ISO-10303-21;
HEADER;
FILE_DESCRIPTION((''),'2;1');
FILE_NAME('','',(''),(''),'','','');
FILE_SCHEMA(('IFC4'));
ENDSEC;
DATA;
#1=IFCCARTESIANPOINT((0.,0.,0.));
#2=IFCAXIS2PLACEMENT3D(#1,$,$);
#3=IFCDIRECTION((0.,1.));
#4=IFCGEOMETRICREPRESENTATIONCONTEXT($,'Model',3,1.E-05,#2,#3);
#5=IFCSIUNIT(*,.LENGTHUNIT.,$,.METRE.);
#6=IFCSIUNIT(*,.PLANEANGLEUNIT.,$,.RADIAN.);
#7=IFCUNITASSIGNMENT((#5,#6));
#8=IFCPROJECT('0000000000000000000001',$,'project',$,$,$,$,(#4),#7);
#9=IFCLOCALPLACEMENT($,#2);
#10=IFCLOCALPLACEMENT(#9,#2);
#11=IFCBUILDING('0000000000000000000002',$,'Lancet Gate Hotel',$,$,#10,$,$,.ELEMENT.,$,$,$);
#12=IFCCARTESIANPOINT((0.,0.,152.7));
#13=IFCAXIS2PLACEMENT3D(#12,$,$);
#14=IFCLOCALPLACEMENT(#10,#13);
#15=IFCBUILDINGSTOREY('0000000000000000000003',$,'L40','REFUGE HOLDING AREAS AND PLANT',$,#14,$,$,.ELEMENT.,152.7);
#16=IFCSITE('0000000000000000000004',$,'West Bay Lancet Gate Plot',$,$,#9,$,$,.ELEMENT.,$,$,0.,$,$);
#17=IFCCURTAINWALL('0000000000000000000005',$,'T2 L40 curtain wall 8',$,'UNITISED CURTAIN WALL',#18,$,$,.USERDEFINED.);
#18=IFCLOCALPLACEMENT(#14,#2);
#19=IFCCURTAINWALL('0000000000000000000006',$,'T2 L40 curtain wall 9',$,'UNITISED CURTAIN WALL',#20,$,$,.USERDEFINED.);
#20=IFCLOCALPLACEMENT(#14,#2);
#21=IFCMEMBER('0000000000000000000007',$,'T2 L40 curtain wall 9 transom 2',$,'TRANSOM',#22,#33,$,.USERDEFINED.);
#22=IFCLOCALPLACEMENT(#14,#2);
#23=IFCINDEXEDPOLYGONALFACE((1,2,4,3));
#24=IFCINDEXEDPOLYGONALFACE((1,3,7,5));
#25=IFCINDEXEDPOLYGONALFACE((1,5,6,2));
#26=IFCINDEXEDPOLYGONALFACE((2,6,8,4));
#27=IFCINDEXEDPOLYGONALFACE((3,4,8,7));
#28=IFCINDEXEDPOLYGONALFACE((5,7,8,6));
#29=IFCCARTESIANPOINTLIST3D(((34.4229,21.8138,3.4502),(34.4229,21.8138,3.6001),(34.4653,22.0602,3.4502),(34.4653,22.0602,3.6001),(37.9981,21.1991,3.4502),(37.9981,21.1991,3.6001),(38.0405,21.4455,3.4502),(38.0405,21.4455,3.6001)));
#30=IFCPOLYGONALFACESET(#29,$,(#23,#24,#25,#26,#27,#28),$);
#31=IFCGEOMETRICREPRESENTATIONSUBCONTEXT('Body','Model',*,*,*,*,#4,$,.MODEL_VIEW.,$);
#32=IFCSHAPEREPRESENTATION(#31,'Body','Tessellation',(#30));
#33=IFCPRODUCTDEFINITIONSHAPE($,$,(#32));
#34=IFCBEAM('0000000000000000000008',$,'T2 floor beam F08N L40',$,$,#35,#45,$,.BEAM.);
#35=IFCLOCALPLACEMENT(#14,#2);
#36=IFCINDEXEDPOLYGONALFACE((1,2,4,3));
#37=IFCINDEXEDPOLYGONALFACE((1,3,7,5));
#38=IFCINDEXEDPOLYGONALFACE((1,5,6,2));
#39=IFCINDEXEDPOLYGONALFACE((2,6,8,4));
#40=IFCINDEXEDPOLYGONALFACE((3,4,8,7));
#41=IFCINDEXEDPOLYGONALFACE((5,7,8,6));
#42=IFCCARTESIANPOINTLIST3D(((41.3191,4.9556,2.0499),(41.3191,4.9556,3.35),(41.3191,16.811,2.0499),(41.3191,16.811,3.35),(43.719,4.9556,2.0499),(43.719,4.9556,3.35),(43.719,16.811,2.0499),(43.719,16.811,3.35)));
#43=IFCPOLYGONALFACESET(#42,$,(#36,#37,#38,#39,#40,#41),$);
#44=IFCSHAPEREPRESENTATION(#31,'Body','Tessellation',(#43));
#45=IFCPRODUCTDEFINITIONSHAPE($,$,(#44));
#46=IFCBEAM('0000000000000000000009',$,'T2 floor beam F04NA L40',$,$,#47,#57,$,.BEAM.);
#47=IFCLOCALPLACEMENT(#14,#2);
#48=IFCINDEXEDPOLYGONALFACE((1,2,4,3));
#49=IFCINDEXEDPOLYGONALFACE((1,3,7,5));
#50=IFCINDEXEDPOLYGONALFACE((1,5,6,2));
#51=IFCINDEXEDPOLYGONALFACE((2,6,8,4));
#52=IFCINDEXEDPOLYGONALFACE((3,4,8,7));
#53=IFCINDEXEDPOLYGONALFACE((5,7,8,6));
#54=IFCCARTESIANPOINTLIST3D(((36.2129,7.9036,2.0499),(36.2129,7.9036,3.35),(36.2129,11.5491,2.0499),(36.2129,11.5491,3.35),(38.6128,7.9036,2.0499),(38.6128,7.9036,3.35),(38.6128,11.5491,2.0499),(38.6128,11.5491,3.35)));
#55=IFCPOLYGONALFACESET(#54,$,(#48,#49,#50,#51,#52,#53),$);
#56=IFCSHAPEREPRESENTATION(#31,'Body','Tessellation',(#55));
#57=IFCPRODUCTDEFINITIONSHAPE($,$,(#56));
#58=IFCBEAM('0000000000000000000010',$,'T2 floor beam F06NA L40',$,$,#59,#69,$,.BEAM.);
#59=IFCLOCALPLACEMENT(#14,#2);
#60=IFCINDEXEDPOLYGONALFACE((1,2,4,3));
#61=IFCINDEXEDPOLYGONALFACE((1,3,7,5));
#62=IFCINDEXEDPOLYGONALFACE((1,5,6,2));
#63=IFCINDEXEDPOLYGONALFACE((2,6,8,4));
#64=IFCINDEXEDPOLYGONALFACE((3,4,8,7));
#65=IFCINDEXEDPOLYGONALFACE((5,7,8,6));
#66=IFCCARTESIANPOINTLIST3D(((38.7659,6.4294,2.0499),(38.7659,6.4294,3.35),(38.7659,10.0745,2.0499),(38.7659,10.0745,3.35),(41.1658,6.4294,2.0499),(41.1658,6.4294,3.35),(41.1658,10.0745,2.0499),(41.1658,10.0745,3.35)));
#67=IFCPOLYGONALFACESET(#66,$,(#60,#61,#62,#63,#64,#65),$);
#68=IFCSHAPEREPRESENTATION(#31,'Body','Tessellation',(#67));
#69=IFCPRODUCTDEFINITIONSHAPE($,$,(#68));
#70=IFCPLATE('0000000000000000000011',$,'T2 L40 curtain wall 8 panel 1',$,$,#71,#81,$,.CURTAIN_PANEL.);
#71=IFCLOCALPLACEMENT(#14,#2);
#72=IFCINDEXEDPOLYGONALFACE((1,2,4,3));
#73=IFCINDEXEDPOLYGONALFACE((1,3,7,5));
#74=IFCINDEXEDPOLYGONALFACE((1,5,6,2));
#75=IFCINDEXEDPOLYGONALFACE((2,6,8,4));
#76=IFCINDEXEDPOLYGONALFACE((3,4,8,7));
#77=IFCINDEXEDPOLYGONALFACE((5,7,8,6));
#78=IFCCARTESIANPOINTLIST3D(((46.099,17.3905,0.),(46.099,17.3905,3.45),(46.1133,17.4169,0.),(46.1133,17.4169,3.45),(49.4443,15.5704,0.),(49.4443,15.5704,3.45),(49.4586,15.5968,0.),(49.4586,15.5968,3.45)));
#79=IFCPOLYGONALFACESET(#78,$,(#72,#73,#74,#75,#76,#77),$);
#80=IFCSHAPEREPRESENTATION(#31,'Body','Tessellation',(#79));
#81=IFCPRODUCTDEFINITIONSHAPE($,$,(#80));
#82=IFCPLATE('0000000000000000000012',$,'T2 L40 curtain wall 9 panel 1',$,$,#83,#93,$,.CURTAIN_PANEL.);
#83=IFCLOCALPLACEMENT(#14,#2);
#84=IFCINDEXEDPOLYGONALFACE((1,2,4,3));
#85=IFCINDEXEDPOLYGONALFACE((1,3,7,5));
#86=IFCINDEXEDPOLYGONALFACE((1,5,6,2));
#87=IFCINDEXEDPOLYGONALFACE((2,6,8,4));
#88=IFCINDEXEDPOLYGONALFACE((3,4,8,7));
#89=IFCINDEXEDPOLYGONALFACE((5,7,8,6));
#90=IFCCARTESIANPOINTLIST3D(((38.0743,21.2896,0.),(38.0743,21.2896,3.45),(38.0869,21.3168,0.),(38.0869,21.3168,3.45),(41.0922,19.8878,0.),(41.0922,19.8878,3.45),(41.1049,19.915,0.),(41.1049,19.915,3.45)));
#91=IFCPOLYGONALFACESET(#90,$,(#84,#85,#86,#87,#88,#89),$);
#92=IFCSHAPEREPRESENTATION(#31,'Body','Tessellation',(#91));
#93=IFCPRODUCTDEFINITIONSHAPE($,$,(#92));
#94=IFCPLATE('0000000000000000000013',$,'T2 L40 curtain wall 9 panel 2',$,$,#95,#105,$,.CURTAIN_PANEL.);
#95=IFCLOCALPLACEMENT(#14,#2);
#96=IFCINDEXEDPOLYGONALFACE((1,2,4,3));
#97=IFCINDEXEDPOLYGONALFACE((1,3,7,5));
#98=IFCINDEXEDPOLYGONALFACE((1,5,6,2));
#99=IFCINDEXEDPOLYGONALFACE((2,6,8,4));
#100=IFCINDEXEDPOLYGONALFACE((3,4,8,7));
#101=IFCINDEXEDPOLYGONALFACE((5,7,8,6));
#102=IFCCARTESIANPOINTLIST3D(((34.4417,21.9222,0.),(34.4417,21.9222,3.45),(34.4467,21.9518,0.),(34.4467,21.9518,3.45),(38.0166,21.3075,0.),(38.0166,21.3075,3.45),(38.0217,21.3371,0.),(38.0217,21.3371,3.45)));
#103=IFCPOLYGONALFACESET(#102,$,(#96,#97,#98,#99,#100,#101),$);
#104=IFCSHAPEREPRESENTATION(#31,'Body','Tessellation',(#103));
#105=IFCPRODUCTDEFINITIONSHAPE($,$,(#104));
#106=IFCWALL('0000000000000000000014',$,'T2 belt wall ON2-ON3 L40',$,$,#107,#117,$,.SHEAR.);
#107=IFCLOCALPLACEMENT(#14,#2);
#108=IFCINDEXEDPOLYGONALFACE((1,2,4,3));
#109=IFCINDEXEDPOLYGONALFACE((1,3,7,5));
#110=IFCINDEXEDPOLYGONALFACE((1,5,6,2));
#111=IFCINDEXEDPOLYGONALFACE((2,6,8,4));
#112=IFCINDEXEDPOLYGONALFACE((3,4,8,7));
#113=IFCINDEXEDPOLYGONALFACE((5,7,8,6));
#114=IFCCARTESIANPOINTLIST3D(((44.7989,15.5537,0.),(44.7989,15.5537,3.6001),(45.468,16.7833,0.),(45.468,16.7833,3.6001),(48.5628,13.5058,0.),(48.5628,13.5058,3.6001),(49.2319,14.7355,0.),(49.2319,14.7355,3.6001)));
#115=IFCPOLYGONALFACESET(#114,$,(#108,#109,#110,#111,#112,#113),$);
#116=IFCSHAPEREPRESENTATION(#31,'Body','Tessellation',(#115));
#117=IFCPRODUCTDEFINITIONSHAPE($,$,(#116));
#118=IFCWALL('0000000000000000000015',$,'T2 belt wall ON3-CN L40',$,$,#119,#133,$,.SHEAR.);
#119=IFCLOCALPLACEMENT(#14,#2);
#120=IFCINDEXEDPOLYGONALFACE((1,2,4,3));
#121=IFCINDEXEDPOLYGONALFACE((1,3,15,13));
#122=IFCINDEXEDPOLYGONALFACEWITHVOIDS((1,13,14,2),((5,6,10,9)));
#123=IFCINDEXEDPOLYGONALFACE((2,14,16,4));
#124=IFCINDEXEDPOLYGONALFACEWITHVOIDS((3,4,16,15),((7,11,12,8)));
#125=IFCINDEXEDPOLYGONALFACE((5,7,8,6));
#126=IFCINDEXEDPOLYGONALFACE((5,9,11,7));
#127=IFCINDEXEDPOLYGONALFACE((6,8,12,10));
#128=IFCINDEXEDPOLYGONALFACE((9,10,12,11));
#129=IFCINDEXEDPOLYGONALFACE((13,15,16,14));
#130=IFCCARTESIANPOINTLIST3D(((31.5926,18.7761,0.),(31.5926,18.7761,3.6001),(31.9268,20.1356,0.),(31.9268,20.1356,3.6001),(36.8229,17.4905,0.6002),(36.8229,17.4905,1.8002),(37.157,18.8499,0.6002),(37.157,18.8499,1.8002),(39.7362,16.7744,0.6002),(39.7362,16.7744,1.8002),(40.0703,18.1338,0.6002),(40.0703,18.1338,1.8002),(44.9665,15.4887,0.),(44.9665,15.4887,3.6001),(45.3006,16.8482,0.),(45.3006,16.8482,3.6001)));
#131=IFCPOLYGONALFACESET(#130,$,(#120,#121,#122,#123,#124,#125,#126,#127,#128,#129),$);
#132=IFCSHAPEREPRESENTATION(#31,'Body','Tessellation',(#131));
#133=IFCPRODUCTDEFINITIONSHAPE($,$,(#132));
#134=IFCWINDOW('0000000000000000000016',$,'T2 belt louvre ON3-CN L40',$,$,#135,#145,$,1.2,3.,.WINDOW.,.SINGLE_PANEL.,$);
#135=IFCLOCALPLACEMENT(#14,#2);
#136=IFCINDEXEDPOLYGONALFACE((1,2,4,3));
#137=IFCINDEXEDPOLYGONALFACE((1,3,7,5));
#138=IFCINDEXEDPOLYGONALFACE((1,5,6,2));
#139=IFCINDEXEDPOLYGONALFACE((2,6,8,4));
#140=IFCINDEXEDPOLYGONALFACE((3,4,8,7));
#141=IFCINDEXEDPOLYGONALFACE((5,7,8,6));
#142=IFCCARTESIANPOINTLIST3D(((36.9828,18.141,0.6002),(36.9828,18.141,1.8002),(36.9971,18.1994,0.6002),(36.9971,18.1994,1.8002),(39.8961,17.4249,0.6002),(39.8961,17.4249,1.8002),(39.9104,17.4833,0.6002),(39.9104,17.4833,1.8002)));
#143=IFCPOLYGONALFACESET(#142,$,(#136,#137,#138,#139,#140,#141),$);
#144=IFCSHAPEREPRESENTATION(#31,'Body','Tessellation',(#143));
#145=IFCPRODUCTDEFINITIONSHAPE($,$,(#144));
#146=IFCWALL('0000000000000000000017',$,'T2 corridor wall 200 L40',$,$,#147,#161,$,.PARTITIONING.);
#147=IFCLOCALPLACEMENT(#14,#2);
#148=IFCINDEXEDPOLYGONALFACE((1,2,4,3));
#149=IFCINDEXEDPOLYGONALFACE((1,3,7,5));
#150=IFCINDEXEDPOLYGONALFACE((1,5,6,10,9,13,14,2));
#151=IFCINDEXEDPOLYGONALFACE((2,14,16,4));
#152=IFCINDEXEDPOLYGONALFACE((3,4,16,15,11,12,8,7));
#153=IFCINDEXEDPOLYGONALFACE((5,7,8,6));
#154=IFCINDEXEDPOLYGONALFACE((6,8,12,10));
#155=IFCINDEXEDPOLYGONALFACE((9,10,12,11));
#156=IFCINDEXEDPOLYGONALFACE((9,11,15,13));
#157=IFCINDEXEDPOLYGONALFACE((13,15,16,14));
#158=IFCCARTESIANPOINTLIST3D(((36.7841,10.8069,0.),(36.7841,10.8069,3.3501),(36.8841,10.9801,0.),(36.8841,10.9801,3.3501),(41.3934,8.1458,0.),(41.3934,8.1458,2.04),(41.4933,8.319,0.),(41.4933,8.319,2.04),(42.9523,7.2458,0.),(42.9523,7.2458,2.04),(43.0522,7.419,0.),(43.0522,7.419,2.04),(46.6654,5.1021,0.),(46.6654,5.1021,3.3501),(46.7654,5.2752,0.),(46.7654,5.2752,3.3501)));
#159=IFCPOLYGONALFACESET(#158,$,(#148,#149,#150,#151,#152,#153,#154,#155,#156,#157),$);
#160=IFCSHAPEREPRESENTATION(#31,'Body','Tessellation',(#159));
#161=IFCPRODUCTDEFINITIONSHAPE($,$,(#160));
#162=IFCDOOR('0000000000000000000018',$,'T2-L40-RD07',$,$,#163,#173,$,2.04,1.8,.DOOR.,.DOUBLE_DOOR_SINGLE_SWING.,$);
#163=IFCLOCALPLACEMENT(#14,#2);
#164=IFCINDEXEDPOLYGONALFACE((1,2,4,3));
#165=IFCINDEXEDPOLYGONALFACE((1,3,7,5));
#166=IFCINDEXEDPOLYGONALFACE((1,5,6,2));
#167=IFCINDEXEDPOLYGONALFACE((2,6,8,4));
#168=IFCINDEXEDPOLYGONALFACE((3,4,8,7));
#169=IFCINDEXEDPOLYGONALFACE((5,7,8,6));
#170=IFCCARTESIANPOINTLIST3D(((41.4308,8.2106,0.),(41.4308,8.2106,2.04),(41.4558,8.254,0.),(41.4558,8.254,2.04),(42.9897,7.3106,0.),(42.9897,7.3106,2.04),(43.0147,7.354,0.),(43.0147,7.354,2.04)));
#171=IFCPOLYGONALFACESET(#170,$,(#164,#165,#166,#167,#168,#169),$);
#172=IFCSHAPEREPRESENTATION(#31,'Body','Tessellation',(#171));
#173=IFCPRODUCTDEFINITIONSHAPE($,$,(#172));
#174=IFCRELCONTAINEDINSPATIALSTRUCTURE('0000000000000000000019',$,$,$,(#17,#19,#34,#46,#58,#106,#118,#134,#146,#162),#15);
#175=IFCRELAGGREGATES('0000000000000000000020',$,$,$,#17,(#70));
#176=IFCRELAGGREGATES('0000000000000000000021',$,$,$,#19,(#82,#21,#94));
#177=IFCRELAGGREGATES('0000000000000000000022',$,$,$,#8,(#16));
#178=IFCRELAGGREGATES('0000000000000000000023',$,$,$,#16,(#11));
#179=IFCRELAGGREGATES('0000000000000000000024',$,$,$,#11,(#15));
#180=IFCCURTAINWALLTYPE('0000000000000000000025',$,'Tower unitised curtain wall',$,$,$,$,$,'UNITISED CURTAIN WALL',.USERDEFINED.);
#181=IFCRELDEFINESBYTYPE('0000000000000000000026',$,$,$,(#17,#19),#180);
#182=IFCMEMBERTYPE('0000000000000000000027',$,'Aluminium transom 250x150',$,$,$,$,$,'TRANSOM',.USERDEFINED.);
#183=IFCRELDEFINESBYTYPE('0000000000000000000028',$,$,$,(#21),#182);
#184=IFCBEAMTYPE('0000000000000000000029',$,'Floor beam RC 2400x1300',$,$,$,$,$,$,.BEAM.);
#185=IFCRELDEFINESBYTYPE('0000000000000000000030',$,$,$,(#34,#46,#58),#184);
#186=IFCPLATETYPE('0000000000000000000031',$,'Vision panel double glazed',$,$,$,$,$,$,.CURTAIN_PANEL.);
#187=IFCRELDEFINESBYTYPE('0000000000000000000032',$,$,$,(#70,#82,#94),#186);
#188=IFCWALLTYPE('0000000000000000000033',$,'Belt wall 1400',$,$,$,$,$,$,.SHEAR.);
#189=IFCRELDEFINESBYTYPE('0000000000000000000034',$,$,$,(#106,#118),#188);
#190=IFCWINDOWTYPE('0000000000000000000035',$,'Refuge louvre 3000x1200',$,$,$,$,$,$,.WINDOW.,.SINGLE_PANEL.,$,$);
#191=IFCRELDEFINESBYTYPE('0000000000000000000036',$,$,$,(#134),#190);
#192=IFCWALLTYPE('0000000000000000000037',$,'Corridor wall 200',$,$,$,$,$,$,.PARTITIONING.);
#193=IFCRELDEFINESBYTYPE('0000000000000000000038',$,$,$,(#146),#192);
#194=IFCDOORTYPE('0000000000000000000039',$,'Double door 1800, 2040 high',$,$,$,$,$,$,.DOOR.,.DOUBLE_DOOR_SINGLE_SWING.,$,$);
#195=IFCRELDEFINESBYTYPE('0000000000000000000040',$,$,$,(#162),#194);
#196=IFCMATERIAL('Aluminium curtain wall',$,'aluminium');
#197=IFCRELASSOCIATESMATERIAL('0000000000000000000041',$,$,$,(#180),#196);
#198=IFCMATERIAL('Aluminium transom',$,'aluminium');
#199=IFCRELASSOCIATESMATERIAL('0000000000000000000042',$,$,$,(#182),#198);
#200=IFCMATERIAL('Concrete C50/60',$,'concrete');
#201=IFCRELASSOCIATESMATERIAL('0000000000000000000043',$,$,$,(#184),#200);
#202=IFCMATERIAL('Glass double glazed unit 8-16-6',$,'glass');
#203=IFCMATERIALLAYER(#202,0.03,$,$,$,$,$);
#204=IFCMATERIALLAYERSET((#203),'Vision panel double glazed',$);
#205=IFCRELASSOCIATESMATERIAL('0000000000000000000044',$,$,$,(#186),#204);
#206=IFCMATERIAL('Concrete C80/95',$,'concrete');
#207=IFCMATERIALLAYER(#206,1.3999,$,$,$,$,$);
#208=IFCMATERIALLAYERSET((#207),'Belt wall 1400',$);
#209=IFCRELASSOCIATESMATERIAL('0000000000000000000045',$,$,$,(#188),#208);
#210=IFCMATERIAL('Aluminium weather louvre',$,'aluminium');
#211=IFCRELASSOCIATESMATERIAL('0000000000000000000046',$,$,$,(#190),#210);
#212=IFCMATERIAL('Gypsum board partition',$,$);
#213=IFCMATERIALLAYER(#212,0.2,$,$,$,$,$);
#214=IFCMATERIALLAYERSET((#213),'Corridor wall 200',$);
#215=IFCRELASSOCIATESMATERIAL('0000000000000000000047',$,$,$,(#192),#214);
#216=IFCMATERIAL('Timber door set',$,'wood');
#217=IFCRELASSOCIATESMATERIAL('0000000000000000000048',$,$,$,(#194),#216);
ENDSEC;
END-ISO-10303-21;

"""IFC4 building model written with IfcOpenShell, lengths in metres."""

from ifc_helpers import new_model, si_unit, direction, frame, frame_2d, origin, origin_2d, place, context, subcontext, project, spatial, rectangle, extrude, material, layer, layer_set, material_profile, profile_set, type_object, element, fill, aggregate, save


model = new_model("IFC4")

# Units and contexts
model_context = context("Model", 3, precision=1e-05, world=origin(), true_north=direction((0.0, 1.0)))
body_context = subcontext(model_context, "Body", "Model", "MODEL_VIEW")
ifc_project = project(units=[si_unit("LENGTHUNIT", "METRE"), si_unit("PLANEANGLEUNIT", "RADIAN")], contexts=[model_context])

# Site, building, storey
site_placement = place(None, origin())
site = spatial("IfcSite", under=ifc_project, at=site_placement, Name="West Bay Lancet Gate Plot", CompositionType="ELEMENT", RefElevation=0.0)
building_placement = place(site_placement, origin())
building = spatial("IfcBuilding", under=site, at=building_placement, Name="Lancet Gate Hotel", CompositionType="ELEMENT")
storey_placement = place(building_placement, frame((0.0, 0.0, 152.7)))
storey = spatial("IfcBuildingStorey", under=building, at=storey_placement, Name="L40", Description="REFUGE HOLDING AREAS AND PLANT", CompositionType="ELEMENT", Elevation=152.7)

# Curtain wall
ifc_material_1 = material(Name="Aluminium curtain wall", Category="aluminium")
curtain_wall_type = type_object("IfcCurtainWallType", Name="Tower unitised curtain wall", ElementType="UNITISED CURTAIN WALL", PredefinedType="USERDEFINED", material=ifc_material_1)
curtain_wall_1_placement = place(storey_placement, origin())
curtain_wall_1 = element("IfcCurtainWall", 1, at=curtain_wall_1_placement, inside=storey, type_object=curtain_wall_type, Name="T2 L40 curtain wall 8", ObjectType="UNITISED CURTAIN WALL", PredefinedType="USERDEFINED")

# Curtain wall, member
curtain_wall_2_placement = place(storey_placement, origin())
curtain_wall_2 = element("IfcCurtainWall", 2, at=curtain_wall_2_placement, inside=storey, type_object=curtain_wall_type, Name="T2 L40 curtain wall 9", ObjectType="UNITISED CURTAIN WALL", PredefinedType="USERDEFINED")
ifc_material_2 = material(Name="Aluminium transom", Category="aluminium")
ifc_material_profile_1 = material_profile(ifc_material_2, rectangle(XDim=0.25, YDim=0.1499, at=origin_2d()), Name="TRANSOM 250x150")
ifc_profile_set_1 = profile_set([ifc_material_profile_1], Name="Aluminium transom")
member_type_1 = type_object("IfcMemberType", Name="Aluminium transom 250x150", ElementType="TRANSOM", PredefinedType="USERDEFINED", material=ifc_profile_set_1)
member_1_placement = place(storey_placement, frame((38.0193, 21.3223, 3.5251), z_axis=(-0.985537, 0.169461, 0.0), x_axis=(-0.169461, -0.985537, 0.0)))
member_1 = element("IfcMember", 3, at=member_1_placement, type_object=member_type_1, Name="T2 L40 curtain wall 9 transom 2", ObjectType="TRANSOM", PredefinedType="USERDEFINED", context=body_context, shape_type="SweptSolid", body=[
    extrude(rectangle(XDim=0.25, YDim=0.1499, at=origin_2d()), origin(), (0.0, 0.0, 1.0), 3.6277),
])

# Beams
ifc_material_3 = material(Name="Concrete C50/60", Category="concrete")
ifc_material_profile_2 = material_profile(ifc_material_3, rectangle(XDim=2.3999, YDim=1.3, at=origin_2d()), Name="RC 2400x1300")
ifc_profile_set_2 = profile_set([ifc_material_profile_2], Name="Concrete C50/60")
beam_type = type_object("IfcBeamType", Name="Floor beam RC 2400x1300", PredefinedType="BEAM", material=ifc_profile_set_2)
beam_1_placement = place(storey_placement, frame((42.519, 4.9556, 2.7), z_axis=(0.0, 1.0, 0.0), x_axis=(-1.0, 0.0, 0.0)))
element("IfcBeam", 4, at=beam_1_placement, inside=storey, type_object=beam_type, Name="T2 floor beam F08N L40", PredefinedType="BEAM", context=body_context, shape_type="SweptSolid", body=[
    extrude(rectangle(XDim=2.3999, YDim=1.3, at=origin_2d()), origin(), (0.0, 0.0, 1.0), 11.8555),
])
beam_2_placement = place(storey_placement, frame((37.4128, 7.9036, 2.7), z_axis=(0.0, 1.0, 0.0), x_axis=(-1.0, 0.0, 0.0)))
element("IfcBeam", 5, at=beam_2_placement, inside=storey, type_object=beam_type, Name="T2 floor beam F04NA L40", PredefinedType="BEAM", context=body_context, shape_type="SweptSolid", body=[
    extrude(rectangle(XDim=2.3999, YDim=1.3, at=origin_2d()), origin(), (0.0, 0.0, 1.0), 3.6455),
])
beam_3_placement = place(storey_placement, frame((39.9658, 6.4294, 2.7), z_axis=(0.0, 1.0, 0.0), x_axis=(-1.0, 0.0, 0.0)))
element("IfcBeam", 6, at=beam_3_placement, inside=storey, type_object=beam_type, Name="T2 floor beam F06NA L40", PredefinedType="BEAM", context=body_context, shape_type="SweptSolid", body=[
    extrude(rectangle(XDim=2.3999, YDim=1.3, at=origin_2d()), origin(), (0.0, 0.0, 1.0), 3.645),
])

# Plates
ifc_material_4 = material(Name="Glass double glazed unit 8-16-6", Category="glass")
ifc_layer_1 = layer(ifc_material_4, 0.03)
ifc_layer_set_1 = layer_set([ifc_layer_1], Name="Vision panel double glazed")
plate_type = type_object("IfcPlateType", Name="Vision panel double glazed", PredefinedType="CURTAIN_PANEL", material=ifc_layer_set_1)
plate_1_placement = place(storey_placement, frame((47.7788, 16.4937, 0.0), z_axis=(0.0, 0.0, 1.0), x_axis=(-0.87841, 0.477908, 0.0)))
plate_1 = element("IfcPlate", 7, at=plate_1_placement, type_object=plate_type, Name="T2 L40 curtain wall 8 panel 1", PredefinedType="CURTAIN_PANEL", context=body_context, shape_type="SweptSolid", body=[
    extrude(rectangle(XDim=3.8083, YDim=0.03, at=origin_2d()), origin(), (0.0, 0.0, 1.0), 3.45),
])
aggregate(curtain_wall_1, [plate_1])
plate_2_placement = place(storey_placement, frame((39.5896, 20.6023, 0.0), z_axis=(0.0, 0.0, 1.0), x_axis=(-0.906935, 0.421271, 0.0)))
plate_2 = element("IfcPlate", 8, at=plate_2_placement, type_object=plate_type, Name="T2 L40 curtain wall 9 panel 1", PredefinedType="CURTAIN_PANEL", context=body_context, shape_type="SweptSolid", body=[
    extrude(rectangle(XDim=3.3276, YDim=0.03, at=origin_2d()), origin(), (0.0, 0.0, 1.0), 3.45),
])
plate_3_placement = place(storey_placement, frame((36.2317, 21.6296, 0.0), z_axis=(0.0, 0.0, 1.0), x_axis=(-0.98554, 0.169445, 0.0)))
plate_3 = element("IfcPlate", 9, at=plate_3_placement, type_object=plate_type, Name="T2 L40 curtain wall 9 panel 2", PredefinedType="CURTAIN_PANEL", context=body_context, shape_type="SweptSolid", body=[
    extrude(rectangle(XDim=3.6274, YDim=0.03, at=origin_2d()), origin(), (0.0, 0.0, 1.0), 3.45),
])
aggregate(curtain_wall_2, [plate_2, member_1, plate_3])

# Wall
ifc_material_5 = material(Name="Concrete C80/95", Category="concrete")
ifc_layer_2 = layer(ifc_material_5, 1.3999)
ifc_layer_set_2 = layer_set([ifc_layer_2], Name="Belt wall 1400")
wall_type_1 = type_object("IfcWallType", Name="Belt wall 1400", PredefinedType="SHEAR", material=ifc_layer_set_2)
wall_1_placement = place(storey_placement, frame((48.8975, 14.1206, 0.0), z_axis=(0.0, 0.0, 1.0), x_axis=(-0.878405, 0.477918, 0.0)))
element("IfcWall", 10, at=wall_1_placement, inside=storey, type_object=wall_type_1, Name="T2 belt wall ON2-ON3 L40", PredefinedType="SHEAR", context=body_context, shape_type="SweptSolid", body=[
    extrude(rectangle(XDim=4.2849, YDim=1.3999, at=frame_2d((2.1426, 0.0))), origin(), (0.0, 0.0, 1.0), 3.6001),
])

# Wall, opening, window
wall_2_placement = place(storey_placement, frame((45.1335, 16.1685, 0.0), z_axis=(0.0, 0.0, 1.0), x_axis=(-0.971093, 0.2387, 0.0)))
wall_2 = element("IfcWall", 11, at=wall_2_placement, inside=storey, type_object=wall_type_1, Name="T2 belt wall ON3-CN L40", PredefinedType="SHEAR", context=body_context, shape_type="SweptSolid", body=[
    extrude(rectangle(XDim=13.772, YDim=1.3999, at=frame_2d((6.886, 0.0))), origin(), (0.0, 0.0, 1.0), 3.6001),
])
opening_1_placement = place(wall_2_placement, frame((5.386, 0.0, 0.6001)))
opening_1 = element("IfcOpeningElement", 12, at=opening_1_placement, cuts=wall_2, PredefinedType="OPENING", context=body_context, shape_type="SweptSolid", body=[
    extrude(rectangle(XDim=3.0, YDim=1.2, at=frame_2d((1.5, 0.6001))), frame((0.0, 0.71, 0.0), z_axis=(0.0, -1.0, 0.0), x_axis=(1.0, 0.0, 0.0)), (0.0, 0.0, 1.0), 1.4199),
])
ifc_material_6 = material(Name="Aluminium weather louvre", Category="aluminium")
window_type = type_object("IfcWindowType", Name="Refuge louvre 3000x1200", PartitioningType="SINGLE_PANEL", PredefinedType="WINDOW", material=ifc_material_6)
window_placement = place(opening_1_placement, origin())
window = element("IfcWindow", 13, at=window_placement, inside=storey, type_object=window_type, Name="T2 belt louvre ON3-CN L40", OverallHeight=1.2, OverallWidth=3.0, PartitioningType="SINGLE_PANEL", PredefinedType="WINDOW", context=body_context, shape_type="SweptSolid", body=[
    extrude(rectangle(XDim=3.0, YDim=1.2, at=frame_2d((1.5, 0.6001))), frame((0.0, 0.03, 0.0), z_axis=(0.0, -1.0, 0.0), x_axis=(1.0, 0.0, 0.0)), (0.0, 0.0, 1.0), 0.0601),
])
fill(opening_1, window)

# Wall, opening, door
ifc_material_7 = material(Name="Gypsum board partition")
ifc_layer_3 = layer(ifc_material_7, 0.2)
ifc_layer_set_3 = layer_set([ifc_layer_3], Name="Corridor wall 200")
wall_type_2 = type_object("IfcWallType", Name="Corridor wall 200", PredefinedType="PARTITIONING", material=ifc_layer_set_3)
wall_3_placement = place(storey_placement, frame((36.834, 10.8936, 0.0), z_axis=(0.0, 0.0, 1.0), x_axis=(0.866032, -0.499989, 0.0)))
wall_3 = element("IfcWall", 14, at=wall_3_placement, inside=storey, type_object=wall_type_2, Name="T2 corridor wall 200 L40", PredefinedType="PARTITIONING", context=body_context, shape_type="SweptSolid", body=[
    extrude(rectangle(XDim=11.4099, YDim=0.2, at=frame_2d((5.7051, 0.0))), origin(), (0.0, 0.0, 1.0), 3.3501),
])
opening_2_placement = place(wall_3_placement, frame((5.3225, 0.0, 0.0)))
opening_2 = element("IfcOpeningElement", 15, at=opening_2_placement, cuts=wall_3, PredefinedType="OPENING", context=body_context, shape_type="SweptSolid", body=[
    extrude(rectangle(XDim=1.8, YDim=2.04, at=frame_2d((0.8999, 1.02))), frame((0.0, 0.1099, 0.0), z_axis=(0.0, -1.0, 0.0), x_axis=(1.0, 0.0, 0.0)), (0.0, 0.0, 1.0), 0.22),
])
ifc_material_8 = material(Name="Timber door set", Category="wood")
door_type_1 = type_object("IfcDoorType", Name="Double door 1800, 2040 high", OperationType="DOUBLE_DOOR_SINGLE_SWING", PredefinedType="DOOR", material=ifc_material_8)
door_1_placement = place(opening_2_placement, origin())
door_1 = element("IfcDoor", 16, at=door_1_placement, inside=storey, type_object=door_type_1, Name="T2-L40-RD07", OperationType="DOUBLE_DOOR_SINGLE_SWING", OverallHeight=2.04, OverallWidth=1.8, PredefinedType="DOOR", context=body_context, shape_type="SweptSolid", body=[
    extrude(rectangle(XDim=1.8, YDim=2.04, at=frame_2d((0.8999, 1.02))), frame((0.0, 0.0249, 0.0), z_axis=(0.0, -1.0, 0.0), x_axis=(1.0, 0.0, 0.0)), (0.0, 0.0, 1.0), 0.05),
])
fill(opening_2, door_1)

save(model, "model.ifc")
